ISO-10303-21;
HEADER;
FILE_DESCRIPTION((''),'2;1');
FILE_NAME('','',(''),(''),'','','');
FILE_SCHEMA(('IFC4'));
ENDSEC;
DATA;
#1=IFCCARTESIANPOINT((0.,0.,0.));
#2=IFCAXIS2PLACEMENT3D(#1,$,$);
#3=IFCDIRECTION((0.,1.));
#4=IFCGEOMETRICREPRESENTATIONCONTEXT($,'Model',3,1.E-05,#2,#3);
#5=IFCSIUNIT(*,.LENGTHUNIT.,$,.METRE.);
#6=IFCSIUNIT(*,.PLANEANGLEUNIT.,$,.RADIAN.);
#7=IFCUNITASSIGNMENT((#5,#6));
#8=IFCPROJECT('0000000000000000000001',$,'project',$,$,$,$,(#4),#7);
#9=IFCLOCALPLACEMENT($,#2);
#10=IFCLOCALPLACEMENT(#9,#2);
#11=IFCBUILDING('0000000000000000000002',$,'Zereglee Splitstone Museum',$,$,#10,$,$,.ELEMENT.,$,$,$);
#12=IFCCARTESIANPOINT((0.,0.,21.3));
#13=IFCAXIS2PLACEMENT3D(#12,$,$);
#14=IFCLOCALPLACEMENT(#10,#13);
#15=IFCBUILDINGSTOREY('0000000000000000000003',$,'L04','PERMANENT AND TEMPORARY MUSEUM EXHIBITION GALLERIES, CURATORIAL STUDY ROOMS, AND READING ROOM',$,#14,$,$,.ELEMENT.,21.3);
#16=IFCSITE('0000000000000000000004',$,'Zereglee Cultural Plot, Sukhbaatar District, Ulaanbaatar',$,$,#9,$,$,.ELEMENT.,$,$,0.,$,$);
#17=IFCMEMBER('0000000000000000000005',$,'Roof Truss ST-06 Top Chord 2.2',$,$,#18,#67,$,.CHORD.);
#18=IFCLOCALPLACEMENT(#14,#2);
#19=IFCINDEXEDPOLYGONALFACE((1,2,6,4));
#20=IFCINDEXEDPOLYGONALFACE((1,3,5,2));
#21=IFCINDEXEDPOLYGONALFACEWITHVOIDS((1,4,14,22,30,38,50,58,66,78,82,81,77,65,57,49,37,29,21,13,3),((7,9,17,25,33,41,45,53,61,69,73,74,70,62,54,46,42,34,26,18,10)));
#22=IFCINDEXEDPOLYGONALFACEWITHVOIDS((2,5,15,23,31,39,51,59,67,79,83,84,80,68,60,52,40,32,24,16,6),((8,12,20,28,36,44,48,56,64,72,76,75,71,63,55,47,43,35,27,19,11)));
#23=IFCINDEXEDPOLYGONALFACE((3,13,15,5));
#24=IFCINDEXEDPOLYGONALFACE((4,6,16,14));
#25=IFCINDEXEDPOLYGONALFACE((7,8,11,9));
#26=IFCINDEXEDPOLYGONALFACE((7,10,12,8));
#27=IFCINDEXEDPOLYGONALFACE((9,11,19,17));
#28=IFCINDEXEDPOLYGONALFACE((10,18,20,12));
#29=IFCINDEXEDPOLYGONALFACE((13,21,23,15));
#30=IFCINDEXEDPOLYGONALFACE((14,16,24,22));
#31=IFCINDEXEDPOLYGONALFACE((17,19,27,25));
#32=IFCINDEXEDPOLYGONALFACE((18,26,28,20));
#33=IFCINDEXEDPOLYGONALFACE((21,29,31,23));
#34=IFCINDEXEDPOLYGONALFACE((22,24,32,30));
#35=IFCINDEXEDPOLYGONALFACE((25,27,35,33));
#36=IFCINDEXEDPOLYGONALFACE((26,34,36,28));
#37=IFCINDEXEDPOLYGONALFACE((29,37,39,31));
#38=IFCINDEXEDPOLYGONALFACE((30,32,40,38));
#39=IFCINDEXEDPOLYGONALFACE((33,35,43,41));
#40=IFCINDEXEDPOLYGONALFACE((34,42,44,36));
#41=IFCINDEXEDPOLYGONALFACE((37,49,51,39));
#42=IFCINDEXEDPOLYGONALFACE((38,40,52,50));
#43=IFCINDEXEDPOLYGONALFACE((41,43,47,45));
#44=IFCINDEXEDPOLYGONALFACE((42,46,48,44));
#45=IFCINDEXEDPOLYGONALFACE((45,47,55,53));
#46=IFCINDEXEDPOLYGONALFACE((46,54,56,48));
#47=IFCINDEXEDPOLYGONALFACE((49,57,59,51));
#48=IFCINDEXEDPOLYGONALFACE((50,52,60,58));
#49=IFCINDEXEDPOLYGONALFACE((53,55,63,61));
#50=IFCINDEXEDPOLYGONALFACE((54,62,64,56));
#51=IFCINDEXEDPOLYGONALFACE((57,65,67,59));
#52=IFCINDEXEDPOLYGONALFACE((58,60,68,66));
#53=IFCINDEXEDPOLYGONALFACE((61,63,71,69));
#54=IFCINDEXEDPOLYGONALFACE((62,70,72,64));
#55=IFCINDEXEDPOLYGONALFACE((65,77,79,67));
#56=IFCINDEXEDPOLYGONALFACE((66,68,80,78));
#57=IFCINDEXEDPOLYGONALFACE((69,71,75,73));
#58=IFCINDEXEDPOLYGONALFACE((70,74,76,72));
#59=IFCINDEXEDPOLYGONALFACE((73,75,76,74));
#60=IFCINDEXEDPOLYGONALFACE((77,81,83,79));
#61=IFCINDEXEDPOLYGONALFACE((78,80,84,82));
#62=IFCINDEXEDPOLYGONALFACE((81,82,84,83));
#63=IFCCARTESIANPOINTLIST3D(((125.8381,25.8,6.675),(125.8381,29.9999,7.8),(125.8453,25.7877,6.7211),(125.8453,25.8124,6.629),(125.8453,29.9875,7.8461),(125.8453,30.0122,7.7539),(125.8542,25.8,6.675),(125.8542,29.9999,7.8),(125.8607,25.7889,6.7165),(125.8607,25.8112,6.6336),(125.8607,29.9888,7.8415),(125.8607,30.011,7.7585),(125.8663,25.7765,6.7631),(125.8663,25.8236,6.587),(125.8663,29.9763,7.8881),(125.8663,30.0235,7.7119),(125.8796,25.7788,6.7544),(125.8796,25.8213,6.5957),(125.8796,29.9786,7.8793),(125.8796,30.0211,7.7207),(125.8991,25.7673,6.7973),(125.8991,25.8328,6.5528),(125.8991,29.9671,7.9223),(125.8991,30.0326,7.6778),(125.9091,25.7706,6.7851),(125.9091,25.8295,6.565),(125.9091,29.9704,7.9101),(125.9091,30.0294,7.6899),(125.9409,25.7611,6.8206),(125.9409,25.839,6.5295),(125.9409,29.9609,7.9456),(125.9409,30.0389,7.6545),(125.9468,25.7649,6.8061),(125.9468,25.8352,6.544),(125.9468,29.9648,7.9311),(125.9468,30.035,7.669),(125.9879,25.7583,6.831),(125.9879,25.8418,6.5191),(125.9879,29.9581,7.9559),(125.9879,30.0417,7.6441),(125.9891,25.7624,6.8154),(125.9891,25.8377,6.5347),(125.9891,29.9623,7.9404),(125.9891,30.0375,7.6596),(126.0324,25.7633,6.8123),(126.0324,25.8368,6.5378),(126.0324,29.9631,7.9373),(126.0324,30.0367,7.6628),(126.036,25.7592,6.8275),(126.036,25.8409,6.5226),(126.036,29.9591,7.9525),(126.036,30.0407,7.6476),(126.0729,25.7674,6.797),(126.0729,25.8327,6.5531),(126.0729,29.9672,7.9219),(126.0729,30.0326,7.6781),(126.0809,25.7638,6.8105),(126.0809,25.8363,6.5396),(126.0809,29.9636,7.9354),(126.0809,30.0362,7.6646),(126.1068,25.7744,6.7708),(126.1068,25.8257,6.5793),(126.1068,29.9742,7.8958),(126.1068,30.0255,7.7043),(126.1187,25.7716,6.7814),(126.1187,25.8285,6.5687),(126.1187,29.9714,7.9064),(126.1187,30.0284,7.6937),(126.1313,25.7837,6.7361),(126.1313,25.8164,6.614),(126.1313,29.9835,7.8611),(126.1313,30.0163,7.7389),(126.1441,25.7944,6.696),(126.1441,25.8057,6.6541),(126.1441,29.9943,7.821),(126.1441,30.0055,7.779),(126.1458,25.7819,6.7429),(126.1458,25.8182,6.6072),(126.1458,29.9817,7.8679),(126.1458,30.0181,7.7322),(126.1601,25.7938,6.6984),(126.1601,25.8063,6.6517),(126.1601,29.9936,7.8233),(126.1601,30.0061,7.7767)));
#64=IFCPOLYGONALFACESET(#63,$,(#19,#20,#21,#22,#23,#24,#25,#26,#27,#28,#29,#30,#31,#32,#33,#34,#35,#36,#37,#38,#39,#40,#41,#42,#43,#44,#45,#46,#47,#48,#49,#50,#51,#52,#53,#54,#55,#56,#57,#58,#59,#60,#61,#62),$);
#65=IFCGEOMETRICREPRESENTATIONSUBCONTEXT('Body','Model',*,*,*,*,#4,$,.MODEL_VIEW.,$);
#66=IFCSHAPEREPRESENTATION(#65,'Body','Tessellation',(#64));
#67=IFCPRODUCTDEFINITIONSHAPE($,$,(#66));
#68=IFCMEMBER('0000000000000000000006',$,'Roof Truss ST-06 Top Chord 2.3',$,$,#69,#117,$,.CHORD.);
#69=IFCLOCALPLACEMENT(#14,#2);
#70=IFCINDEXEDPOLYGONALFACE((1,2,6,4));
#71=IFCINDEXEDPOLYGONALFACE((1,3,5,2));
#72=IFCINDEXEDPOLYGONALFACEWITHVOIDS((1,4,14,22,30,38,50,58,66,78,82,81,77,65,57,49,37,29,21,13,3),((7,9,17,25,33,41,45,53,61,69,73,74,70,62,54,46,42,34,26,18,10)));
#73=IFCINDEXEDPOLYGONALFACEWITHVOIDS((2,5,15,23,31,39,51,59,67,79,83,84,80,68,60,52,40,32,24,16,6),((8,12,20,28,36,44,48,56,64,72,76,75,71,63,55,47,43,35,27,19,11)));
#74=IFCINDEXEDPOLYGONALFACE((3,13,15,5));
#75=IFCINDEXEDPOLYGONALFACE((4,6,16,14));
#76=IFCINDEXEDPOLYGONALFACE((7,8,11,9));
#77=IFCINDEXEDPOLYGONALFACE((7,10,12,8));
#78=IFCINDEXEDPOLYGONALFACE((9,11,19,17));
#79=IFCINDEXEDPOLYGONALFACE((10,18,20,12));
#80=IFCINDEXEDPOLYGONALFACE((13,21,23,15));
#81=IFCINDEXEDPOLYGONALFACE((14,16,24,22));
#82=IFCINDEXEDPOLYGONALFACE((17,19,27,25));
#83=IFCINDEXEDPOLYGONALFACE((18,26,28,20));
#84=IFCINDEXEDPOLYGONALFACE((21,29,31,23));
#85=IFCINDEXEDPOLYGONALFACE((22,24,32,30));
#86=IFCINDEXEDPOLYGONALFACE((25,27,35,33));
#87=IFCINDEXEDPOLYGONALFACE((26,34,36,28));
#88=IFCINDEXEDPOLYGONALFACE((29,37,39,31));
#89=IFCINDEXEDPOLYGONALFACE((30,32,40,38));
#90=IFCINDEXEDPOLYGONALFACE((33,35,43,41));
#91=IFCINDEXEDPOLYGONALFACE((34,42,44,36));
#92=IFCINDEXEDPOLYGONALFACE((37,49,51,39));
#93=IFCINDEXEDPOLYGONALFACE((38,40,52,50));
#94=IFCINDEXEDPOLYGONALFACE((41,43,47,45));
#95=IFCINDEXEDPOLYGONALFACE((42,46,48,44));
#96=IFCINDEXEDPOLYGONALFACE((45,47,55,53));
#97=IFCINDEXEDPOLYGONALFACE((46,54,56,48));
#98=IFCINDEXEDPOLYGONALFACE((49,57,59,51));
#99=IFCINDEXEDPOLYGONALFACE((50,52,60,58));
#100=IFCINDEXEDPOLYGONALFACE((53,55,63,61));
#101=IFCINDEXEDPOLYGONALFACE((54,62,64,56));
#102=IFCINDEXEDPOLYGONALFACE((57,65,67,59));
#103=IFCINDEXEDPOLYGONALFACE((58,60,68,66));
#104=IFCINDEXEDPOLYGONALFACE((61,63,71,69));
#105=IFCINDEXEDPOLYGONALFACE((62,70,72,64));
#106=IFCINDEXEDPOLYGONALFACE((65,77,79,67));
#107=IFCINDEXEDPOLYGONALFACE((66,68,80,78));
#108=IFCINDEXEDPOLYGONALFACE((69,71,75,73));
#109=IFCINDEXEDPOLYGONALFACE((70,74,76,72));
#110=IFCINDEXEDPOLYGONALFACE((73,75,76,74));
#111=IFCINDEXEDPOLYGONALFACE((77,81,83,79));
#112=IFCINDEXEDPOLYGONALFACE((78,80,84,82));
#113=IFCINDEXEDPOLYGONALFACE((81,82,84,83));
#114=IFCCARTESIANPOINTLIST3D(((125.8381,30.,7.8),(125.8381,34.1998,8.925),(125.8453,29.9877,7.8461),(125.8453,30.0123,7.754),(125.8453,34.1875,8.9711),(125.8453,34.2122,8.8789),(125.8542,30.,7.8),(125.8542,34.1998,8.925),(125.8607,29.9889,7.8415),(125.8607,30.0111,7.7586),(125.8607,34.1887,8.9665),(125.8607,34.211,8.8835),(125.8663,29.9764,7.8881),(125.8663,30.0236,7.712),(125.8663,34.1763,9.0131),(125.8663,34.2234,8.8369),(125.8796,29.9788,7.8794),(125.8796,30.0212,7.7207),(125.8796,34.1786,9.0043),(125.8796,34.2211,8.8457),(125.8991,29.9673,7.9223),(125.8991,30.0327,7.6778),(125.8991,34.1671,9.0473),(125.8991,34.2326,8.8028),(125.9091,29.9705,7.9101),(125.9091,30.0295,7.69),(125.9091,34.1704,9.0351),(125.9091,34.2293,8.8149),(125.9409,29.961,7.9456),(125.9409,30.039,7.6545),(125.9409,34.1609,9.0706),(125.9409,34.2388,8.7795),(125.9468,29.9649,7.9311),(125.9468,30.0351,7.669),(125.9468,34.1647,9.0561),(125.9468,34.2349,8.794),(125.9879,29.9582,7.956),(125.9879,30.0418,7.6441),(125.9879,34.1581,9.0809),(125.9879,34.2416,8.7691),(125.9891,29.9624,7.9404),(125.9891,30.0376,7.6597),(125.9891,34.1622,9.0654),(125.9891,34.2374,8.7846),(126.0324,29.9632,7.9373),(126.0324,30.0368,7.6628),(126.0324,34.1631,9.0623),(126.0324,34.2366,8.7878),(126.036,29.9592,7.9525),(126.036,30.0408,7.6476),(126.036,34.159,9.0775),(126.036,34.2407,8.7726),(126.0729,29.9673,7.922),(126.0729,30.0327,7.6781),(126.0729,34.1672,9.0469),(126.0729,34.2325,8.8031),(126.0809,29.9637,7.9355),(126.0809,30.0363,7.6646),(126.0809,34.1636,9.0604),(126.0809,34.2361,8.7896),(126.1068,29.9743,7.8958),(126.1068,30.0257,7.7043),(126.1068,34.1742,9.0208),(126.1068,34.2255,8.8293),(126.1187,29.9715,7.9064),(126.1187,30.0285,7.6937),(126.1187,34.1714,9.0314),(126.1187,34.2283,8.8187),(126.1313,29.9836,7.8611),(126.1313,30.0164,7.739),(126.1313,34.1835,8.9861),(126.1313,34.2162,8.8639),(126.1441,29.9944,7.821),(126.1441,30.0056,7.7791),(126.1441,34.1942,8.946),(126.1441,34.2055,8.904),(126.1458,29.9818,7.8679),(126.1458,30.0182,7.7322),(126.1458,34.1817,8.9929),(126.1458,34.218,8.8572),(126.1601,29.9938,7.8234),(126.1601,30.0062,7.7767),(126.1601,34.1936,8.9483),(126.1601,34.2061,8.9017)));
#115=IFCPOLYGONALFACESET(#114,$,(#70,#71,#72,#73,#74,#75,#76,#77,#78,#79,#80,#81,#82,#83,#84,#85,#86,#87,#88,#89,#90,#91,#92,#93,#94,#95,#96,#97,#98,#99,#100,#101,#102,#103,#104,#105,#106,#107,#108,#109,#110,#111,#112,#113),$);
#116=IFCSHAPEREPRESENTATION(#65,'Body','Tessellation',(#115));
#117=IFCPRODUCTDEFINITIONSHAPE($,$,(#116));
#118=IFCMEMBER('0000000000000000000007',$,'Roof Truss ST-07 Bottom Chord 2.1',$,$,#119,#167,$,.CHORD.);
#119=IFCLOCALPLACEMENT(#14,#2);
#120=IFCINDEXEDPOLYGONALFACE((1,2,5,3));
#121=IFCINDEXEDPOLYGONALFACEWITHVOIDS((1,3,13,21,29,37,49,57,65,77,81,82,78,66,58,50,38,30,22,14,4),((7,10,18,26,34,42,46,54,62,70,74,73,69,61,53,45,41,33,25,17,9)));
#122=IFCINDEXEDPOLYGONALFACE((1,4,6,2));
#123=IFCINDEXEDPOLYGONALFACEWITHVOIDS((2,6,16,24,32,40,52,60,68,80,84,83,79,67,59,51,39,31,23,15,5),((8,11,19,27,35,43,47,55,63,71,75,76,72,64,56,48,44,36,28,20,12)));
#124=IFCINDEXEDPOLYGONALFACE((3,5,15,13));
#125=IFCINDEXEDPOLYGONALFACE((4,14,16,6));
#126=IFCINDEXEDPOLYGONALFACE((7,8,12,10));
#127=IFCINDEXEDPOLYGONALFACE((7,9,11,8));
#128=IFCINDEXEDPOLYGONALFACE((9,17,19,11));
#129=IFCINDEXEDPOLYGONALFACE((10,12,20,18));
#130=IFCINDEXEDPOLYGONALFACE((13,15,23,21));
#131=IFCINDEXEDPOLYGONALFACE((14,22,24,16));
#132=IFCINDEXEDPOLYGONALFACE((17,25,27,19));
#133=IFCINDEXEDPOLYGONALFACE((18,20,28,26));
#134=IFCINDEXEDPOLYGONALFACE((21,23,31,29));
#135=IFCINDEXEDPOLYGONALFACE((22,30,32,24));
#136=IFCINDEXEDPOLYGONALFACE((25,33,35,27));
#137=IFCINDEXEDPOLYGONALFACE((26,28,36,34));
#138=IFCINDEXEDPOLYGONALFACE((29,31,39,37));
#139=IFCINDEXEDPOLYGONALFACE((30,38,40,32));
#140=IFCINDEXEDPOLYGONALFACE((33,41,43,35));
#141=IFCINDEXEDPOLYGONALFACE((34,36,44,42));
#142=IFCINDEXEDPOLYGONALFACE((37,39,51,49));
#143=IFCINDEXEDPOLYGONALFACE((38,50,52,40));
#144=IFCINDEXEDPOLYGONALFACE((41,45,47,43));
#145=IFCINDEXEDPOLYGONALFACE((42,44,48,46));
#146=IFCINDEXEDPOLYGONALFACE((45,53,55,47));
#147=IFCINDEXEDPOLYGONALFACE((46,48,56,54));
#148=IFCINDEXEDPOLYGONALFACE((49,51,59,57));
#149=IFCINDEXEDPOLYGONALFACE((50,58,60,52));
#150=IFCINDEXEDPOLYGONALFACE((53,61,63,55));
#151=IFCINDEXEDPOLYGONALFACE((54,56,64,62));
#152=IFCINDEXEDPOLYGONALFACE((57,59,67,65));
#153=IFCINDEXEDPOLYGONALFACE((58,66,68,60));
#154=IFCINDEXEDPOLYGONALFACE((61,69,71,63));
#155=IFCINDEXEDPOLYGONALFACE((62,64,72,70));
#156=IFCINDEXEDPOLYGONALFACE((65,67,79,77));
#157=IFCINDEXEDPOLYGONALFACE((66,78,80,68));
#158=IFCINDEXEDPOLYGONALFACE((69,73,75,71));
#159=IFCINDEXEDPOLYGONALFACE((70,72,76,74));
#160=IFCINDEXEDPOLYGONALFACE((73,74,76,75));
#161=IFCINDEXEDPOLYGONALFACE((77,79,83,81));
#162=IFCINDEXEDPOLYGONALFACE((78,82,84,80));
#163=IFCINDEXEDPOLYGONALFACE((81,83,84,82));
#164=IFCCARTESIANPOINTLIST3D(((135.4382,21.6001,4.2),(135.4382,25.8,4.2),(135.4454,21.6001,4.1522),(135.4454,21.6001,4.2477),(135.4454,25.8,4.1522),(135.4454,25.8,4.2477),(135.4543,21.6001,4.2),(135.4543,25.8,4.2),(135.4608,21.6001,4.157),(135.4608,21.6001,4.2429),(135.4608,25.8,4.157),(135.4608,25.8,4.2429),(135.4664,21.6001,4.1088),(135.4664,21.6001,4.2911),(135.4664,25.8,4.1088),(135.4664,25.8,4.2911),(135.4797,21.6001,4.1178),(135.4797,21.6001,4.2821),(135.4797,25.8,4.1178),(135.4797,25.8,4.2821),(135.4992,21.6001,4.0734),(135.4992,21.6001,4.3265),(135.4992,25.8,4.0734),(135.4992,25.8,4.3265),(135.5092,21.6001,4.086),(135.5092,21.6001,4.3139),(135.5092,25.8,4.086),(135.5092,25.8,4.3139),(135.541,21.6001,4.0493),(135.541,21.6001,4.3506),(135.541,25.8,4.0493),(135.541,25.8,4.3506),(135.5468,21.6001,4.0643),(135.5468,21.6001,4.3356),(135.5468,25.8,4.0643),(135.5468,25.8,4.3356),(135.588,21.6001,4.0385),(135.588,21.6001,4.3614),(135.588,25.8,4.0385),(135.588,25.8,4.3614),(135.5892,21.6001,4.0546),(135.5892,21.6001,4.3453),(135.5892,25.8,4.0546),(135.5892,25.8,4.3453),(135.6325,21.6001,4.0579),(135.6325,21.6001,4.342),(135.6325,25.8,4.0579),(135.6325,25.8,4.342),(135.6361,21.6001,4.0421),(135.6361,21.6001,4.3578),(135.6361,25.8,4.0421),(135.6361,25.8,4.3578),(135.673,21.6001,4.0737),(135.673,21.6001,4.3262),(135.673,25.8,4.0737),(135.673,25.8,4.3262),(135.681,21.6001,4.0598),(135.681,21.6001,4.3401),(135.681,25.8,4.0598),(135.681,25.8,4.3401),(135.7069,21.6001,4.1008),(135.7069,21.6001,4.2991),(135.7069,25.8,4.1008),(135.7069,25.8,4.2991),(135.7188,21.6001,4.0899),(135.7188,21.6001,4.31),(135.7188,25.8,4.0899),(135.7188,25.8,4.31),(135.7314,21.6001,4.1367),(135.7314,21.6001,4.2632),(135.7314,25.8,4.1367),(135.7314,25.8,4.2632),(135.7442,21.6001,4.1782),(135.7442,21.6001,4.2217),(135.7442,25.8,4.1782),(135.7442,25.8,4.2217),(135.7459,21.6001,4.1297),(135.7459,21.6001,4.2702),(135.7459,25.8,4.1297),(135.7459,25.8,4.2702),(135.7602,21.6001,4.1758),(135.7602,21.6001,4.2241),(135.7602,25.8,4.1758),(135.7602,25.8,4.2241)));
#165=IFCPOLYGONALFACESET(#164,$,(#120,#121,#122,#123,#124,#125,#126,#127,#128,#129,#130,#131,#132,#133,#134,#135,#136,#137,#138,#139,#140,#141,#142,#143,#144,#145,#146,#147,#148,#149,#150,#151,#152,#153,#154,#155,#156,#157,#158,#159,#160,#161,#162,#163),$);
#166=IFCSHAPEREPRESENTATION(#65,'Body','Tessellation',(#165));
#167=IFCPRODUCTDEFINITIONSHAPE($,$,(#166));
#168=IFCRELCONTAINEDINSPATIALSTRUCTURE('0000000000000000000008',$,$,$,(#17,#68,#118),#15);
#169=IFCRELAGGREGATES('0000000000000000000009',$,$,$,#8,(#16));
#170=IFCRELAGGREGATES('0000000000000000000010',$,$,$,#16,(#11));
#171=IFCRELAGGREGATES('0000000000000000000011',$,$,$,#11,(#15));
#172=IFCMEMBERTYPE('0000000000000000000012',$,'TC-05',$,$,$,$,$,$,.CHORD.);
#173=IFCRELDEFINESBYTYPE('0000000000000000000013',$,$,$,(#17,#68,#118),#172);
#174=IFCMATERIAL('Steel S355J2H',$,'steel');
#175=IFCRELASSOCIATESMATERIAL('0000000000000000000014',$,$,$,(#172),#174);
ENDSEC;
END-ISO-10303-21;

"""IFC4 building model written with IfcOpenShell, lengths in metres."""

from ifc_helpers import new_model, si_unit, direction, frame, origin, origin_2d, place, context, subcontext, project, spatial, hollow_circle, extrude, material, material_profile, profile_set, type_object, element, save


model = new_model("IFC4")

# Units and contexts
model_context = context("Model", 3, precision=1e-05, world=origin(), true_north=direction((0.0, 1.0)))
body_context = subcontext(model_context, "Body", "Model", "MODEL_VIEW")
ifc_project = project(units=[si_unit("LENGTHUNIT", "METRE"), si_unit("PLANEANGLEUNIT", "RADIAN")], contexts=[model_context])

# Site, building, storey
site_placement = place(None, origin())
site = spatial("IfcSite", under=ifc_project, at=site_placement, Name="Zereglee Cultural Plot, Sukhbaatar District, Ulaanbaatar", CompositionType="ELEMENT", RefElevation=0.0)
building_placement = place(site_placement, origin())
building = spatial("IfcBuilding", under=site, at=building_placement, Name="Zereglee Splitstone Museum", CompositionType="ELEMENT")
storey_placement = place(building_placement, frame((0.0, 0.0, 21.3)))
storey = spatial("IfcBuildingStorey", under=building, at=storey_placement, Name="L04", Description="PERMANENT AND TEMPORARY MUSEUM EXHIBITION GALLERIES, CURATORIAL STUDY ROOMS, AND READING ROOM", CompositionType="ELEMENT", Elevation=21.3)

# Shared definitions
ifc_material_1 = material(Name="Steel S355J2H", Category="steel")

# Members
ifc_material_profile_1 = material_profile(ifc_material_1, hollow_circle(Radius=0.1619, WallThickness=0.0161, at=origin_2d()), Name="CHS 323.9x16")
ifc_profile_set_1 = profile_set([ifc_material_profile_1], Name="Steel S355J2H")
member_type_1 = type_object("IfcMemberType", Name="TC-05", PredefinedType="CHORD", material=ifc_profile_set_1)
for number, where, z_axis, x_axis, name in (
    (1, (126.0, 25.8, 6.675), (0.0, 0.965947, 0.258739), (-1.0, 0.0, 0.0), "Roof Truss ST-06 Top Chord 2.2"),
    (2, (126.0, 30.0, 7.8), (0.0, 0.965947, 0.258739), (-1.0, 0.0, 0.0), "Roof Truss ST-06 Top Chord 2.3"),
):
    element("IfcMember", number, at=place(storey_placement, frame(where, z_axis=z_axis, x_axis=x_axis)), inside=storey, type_object=member_type_1, Name=name, PredefinedType="CHORD", context=body_context, shape_type="SweptSolid", body=[
        extrude(hollow_circle(Radius=0.1619, WallThickness=0.0161, at=origin_2d()), origin(), (0.0, 0.0, 1.0), 4.3479),
    ])
member_1_placement = place(storey_placement, frame((135.6001, 21.6001, 4.2), z_axis=(0.0, 1.0, 0.0), x_axis=(-1.0, 0.0, 0.0)))
element("IfcMember", 3, at=member_1_placement, inside=storey, type_object=member_type_1, Name="Roof Truss ST-07 Bottom Chord 2.1", PredefinedType="CHORD", context=body_context, shape_type="SweptSolid", body=[
    extrude(hollow_circle(Radius=0.1619, WallThickness=0.0161, at=origin_2d()), origin(), (0.0, 0.0, 1.0), 4.2),
])

save(model, "model.ifc")
